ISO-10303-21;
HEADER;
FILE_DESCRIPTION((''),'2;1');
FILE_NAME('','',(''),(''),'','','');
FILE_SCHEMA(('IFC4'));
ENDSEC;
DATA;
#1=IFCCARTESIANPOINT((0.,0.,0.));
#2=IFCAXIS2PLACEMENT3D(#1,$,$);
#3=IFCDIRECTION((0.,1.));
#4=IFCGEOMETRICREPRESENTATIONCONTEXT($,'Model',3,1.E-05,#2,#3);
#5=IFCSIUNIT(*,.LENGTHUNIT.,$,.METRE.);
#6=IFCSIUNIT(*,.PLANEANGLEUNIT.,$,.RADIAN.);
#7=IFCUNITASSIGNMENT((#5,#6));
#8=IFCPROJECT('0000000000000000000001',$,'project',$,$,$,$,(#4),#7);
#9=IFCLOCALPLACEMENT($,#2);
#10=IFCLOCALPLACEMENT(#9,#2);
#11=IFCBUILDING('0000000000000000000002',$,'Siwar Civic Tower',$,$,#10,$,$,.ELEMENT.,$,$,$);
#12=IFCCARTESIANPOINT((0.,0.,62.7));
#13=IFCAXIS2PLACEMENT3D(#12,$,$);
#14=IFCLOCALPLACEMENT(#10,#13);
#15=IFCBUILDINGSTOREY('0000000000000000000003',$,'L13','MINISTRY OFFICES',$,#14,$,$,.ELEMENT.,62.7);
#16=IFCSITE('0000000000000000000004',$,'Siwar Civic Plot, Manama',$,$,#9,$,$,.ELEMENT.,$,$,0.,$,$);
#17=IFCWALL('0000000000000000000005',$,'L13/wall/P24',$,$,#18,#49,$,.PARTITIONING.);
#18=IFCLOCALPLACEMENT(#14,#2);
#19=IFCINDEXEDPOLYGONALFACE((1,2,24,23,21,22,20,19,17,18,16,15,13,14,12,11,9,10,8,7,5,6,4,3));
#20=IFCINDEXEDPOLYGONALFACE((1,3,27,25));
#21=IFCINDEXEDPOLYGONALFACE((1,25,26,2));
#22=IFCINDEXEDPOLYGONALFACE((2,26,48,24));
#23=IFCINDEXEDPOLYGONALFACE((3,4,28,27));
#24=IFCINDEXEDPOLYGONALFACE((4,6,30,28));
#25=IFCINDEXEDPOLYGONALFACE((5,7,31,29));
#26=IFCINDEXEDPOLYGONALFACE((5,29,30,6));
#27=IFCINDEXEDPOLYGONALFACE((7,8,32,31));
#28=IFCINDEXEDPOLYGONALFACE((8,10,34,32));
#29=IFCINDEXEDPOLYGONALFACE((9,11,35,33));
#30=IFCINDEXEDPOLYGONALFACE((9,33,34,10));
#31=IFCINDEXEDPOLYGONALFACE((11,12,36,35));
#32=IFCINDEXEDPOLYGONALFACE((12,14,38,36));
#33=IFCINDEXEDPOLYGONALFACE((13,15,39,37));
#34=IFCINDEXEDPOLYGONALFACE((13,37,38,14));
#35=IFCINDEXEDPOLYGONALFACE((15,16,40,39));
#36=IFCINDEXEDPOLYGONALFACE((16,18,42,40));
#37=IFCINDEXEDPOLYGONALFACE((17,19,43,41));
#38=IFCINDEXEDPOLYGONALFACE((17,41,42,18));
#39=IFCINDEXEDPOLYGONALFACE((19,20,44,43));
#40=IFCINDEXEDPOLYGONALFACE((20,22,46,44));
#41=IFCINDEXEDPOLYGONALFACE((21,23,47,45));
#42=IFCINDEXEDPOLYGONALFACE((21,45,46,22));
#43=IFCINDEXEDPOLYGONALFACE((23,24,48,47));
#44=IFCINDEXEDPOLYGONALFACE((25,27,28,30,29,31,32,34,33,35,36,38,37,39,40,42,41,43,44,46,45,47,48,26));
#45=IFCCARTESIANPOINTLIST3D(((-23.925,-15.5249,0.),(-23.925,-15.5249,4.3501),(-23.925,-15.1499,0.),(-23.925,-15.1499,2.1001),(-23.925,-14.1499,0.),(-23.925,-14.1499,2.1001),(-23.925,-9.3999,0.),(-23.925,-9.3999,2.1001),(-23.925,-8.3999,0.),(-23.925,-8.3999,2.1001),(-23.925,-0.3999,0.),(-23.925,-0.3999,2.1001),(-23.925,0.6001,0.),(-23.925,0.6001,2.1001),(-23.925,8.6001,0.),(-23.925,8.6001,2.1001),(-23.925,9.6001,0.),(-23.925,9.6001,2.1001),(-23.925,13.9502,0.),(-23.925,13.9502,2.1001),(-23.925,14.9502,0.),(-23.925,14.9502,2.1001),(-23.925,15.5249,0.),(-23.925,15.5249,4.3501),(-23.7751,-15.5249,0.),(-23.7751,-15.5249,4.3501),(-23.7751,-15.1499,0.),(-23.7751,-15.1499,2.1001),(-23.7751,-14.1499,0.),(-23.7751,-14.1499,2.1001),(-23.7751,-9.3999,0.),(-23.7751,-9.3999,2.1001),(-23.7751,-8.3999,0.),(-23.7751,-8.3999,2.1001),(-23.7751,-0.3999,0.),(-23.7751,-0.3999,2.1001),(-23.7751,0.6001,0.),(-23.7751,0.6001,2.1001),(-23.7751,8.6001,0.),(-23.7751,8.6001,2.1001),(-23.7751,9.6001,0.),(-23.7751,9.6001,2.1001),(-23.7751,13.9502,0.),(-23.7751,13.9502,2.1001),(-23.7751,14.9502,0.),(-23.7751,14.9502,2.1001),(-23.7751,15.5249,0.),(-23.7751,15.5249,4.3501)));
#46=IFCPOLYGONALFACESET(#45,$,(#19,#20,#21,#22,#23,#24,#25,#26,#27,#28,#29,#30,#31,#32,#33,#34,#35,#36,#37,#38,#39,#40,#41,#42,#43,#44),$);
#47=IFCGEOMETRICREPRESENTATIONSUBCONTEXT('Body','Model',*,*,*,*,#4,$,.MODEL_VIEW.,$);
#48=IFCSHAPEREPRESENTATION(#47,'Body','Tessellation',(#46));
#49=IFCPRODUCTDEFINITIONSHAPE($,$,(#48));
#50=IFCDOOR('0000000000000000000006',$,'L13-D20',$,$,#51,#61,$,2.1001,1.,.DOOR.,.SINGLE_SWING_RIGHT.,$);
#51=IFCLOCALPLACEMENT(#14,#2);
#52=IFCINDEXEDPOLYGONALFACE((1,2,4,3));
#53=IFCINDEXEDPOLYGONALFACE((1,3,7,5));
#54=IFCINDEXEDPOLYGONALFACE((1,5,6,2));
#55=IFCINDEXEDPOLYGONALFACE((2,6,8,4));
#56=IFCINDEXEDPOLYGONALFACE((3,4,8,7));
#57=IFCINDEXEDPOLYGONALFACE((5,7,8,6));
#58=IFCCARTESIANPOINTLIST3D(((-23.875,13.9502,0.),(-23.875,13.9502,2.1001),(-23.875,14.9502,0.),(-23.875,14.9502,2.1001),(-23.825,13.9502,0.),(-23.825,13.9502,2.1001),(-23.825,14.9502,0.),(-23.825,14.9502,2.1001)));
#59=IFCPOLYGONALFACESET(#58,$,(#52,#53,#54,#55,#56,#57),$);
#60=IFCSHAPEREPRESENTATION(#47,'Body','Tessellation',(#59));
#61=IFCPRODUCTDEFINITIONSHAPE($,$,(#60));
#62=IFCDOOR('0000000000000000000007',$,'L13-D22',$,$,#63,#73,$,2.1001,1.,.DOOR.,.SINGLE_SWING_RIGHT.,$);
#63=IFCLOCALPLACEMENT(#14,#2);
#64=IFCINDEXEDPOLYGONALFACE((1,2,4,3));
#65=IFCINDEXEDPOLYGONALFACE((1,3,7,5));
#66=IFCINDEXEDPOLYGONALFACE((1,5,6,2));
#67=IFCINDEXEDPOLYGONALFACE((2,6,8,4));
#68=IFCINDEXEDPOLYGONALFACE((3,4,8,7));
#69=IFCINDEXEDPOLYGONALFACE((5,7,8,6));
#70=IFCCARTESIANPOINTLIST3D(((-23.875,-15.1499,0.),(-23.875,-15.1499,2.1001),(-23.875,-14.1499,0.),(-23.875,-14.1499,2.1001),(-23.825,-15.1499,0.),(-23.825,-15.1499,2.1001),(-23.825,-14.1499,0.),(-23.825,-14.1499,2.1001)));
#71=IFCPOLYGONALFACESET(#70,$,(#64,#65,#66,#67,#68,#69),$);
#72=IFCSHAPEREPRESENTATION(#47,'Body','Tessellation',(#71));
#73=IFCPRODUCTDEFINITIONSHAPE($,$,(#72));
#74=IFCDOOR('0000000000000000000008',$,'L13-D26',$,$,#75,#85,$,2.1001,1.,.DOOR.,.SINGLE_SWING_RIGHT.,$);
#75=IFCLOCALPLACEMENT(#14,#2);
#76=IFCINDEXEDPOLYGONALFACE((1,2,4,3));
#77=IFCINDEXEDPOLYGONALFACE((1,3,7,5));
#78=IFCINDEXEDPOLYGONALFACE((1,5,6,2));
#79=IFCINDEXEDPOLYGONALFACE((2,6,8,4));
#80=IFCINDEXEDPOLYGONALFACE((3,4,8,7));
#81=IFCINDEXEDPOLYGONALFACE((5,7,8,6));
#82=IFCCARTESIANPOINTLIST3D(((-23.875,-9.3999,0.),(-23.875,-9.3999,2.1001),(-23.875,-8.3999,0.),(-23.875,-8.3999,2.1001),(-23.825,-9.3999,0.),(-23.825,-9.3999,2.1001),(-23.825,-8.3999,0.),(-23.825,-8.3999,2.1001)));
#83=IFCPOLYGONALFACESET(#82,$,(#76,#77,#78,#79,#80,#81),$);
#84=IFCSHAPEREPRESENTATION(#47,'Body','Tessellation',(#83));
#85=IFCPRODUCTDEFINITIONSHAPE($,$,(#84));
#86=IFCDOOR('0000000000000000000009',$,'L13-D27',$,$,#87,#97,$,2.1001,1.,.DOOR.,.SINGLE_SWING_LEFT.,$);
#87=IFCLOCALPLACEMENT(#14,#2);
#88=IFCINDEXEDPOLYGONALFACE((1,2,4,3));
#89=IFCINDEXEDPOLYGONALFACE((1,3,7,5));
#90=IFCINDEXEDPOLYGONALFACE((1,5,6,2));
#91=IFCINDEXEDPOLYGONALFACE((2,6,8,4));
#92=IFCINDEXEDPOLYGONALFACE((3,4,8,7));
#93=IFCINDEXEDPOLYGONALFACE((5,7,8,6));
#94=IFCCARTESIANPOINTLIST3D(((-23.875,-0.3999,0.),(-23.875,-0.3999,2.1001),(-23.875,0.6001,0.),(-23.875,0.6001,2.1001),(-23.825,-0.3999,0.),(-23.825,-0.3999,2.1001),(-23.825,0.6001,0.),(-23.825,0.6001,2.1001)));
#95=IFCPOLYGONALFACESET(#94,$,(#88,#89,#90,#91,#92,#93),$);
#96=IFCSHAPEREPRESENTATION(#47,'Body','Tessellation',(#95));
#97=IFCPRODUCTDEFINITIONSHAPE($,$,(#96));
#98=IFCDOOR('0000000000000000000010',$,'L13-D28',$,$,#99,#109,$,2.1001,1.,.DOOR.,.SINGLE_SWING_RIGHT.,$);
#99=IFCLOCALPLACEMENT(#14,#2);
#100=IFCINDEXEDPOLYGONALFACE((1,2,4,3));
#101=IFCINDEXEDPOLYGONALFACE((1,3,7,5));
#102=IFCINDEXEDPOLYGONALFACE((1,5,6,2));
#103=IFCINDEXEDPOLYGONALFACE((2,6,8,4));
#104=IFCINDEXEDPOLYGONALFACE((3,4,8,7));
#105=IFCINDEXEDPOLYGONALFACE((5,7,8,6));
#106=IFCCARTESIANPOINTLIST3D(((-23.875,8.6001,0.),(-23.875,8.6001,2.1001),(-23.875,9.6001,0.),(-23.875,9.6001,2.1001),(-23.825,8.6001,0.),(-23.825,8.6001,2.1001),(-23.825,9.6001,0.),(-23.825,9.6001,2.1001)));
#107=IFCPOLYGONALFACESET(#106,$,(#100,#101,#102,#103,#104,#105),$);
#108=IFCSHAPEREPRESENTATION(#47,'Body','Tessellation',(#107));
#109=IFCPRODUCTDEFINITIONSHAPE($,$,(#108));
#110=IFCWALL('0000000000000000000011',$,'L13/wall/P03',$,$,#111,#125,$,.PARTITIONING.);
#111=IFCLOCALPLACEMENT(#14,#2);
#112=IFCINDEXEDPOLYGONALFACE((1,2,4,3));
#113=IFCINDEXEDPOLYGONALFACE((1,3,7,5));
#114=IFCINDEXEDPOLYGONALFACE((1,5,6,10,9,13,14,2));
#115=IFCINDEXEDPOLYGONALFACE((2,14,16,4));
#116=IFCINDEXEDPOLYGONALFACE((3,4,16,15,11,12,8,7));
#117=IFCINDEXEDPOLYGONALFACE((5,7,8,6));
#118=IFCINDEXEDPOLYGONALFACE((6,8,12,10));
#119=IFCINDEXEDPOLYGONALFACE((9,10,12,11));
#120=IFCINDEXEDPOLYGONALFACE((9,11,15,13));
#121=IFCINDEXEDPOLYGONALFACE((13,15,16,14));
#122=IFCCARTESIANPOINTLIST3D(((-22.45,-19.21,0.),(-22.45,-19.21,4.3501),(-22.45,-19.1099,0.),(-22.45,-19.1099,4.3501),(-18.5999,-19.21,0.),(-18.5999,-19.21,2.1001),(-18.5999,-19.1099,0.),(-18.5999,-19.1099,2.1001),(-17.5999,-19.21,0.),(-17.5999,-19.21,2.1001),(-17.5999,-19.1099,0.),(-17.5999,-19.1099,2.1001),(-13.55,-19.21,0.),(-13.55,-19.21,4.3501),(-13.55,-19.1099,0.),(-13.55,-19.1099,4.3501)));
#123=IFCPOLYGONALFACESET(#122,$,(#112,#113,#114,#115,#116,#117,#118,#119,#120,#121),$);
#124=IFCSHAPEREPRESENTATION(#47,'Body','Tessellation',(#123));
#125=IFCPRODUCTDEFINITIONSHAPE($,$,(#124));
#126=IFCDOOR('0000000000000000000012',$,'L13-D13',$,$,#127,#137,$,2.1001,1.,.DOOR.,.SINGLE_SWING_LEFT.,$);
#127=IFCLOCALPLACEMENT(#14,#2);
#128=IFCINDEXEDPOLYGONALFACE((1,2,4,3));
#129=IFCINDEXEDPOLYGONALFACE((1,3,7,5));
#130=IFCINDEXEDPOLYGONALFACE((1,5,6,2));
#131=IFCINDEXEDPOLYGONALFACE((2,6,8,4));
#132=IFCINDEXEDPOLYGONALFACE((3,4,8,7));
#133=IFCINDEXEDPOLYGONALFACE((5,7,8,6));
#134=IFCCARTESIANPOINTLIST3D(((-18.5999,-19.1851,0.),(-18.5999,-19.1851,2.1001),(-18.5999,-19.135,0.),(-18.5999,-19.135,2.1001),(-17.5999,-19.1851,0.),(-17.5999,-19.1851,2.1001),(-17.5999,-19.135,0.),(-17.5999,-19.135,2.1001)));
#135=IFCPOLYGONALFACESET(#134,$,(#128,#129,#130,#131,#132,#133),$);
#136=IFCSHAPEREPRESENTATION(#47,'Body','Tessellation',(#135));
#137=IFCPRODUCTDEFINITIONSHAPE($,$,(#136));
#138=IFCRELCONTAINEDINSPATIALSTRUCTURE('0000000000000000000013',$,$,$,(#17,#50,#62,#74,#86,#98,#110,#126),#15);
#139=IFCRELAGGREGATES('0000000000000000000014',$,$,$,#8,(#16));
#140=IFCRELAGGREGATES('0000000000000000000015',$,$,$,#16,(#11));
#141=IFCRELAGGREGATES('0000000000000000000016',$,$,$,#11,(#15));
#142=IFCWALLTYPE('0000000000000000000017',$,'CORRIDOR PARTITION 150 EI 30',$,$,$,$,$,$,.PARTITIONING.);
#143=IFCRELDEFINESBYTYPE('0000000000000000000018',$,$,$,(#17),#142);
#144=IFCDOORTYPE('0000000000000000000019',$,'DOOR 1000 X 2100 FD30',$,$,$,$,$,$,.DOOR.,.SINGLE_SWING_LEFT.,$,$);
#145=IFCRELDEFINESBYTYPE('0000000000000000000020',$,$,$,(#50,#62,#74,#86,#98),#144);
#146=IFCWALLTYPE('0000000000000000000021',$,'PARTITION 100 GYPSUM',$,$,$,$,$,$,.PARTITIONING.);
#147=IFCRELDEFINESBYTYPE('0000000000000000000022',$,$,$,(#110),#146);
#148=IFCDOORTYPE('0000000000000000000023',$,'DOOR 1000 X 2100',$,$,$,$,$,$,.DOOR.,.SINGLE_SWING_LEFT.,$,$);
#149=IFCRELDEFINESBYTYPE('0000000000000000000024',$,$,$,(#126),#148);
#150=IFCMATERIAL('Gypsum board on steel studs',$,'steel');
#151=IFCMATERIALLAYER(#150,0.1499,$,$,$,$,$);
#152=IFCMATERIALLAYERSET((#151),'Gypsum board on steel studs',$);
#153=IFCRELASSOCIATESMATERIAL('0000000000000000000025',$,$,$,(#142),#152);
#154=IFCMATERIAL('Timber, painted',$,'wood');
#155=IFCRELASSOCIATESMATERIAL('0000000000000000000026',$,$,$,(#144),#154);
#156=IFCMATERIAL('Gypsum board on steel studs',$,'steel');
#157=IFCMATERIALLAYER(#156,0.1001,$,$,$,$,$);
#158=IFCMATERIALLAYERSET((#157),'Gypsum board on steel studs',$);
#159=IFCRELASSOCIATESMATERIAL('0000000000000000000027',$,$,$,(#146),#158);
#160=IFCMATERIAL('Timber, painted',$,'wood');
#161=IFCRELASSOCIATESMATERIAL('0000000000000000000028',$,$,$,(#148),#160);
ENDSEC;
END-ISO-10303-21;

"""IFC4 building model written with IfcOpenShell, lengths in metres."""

from ifc_helpers import new_model, si_unit, direction, frame, frame_2d, origin, place, context, subcontext, project, spatial, rectangle, extrude, material, layer, layer_set, type_object, element, fill, save


model = new_model("IFC4")

# Units and contexts
model_context = context("Model", 3, precision=1e-05, world=origin(), true_north=direction((0.0, 1.0)))
body_context = subcontext(model_context, "Body", "Model", "MODEL_VIEW")
ifc_project = project(units=[si_unit("LENGTHUNIT", "METRE"), si_unit("PLANEANGLEUNIT", "RADIAN")], contexts=[model_context])

# Site, building, storey
site_placement = place(None, origin())
site = spatial("IfcSite", under=ifc_project, at=site_placement, Name="Siwar Civic Plot, Manama", CompositionType="ELEMENT", RefElevation=0.0)
building_placement = place(site_placement, origin())
building = spatial("IfcBuilding", under=site, at=building_placement, Name="Siwar Civic Tower", CompositionType="ELEMENT")
storey_placement = place(building_placement, frame((0.0, 0.0, 62.7)))
storey = spatial("IfcBuildingStorey", under=building, at=storey_placement, Name="L13", Description="MINISTRY OFFICES", CompositionType="ELEMENT", Elevation=62.7)

# Wall, openings, doors
ifc_material_1 = material(Name="Gypsum board on steel studs", Category="steel")
ifc_layer_1 = layer(ifc_material_1, 0.1499)
ifc_layer_set_1 = layer_set([ifc_layer_1], Name="Gypsum board on steel studs")
wall_type_1 = type_object("IfcWallType", Name="CORRIDOR PARTITION 150 EI 30", PredefinedType="PARTITIONING", material=ifc_layer_set_1)
ifc_material_2 = material(Name="Timber, painted", Category="wood")
door_type_1 = type_object("IfcDoorType", Name="DOOR 1000 X 2100 FD30", OperationType="SINGLE_SWING_LEFT", PredefinedType="DOOR", material=ifc_material_2)
wall_1_placement = place(storey_placement, frame((-23.8501, -15.5249, 0.0), z_axis=(0.0, 0.0, 1.0), x_axis=(0.0, 1.0, 0.0)))
wall_1 = element("IfcWall", 1, at=wall_1_placement, inside=storey, type_object=wall_type_1, Name="L13/wall/P24", PredefinedType="PARTITIONING", context=body_context, shape_type="SweptSolid", body=[
    extrude(rectangle(XDim=31.0498, YDim=0.1499, at=frame_2d((15.5249, 0.0))), origin(), (0.0, 0.0, 1.0), 4.3501),
])
opening_1_placement = place(wall_1_placement, frame((29.4751, 0.0, 0.0)))
opening_1 = element("IfcOpeningElement", 2, at=opening_1_placement, cuts=wall_1, PredefinedType="OPENING", context=body_context, shape_type="SweptSolid", body=[
    extrude(rectangle(XDim=1.0, YDim=2.1001, at=frame_2d((0.5, 1.05))), frame((0.0, 0.085, 0.0), z_axis=(0.0, -1.0, 0.0), x_axis=(1.0, 0.0, 0.0)), (0.0, 0.0, 1.0), 0.1699),
])
opening_2_placement = place(wall_1_placement, frame((0.375, 0.0, 0.0)))
opening_2 = element("IfcOpeningElement", 3, at=opening_2_placement, cuts=wall_1, PredefinedType="OPENING", context=body_context, shape_type="SweptSolid", body=[
    extrude(rectangle(XDim=1.0, YDim=2.1001, at=frame_2d((0.5, 1.05))), frame((0.0, 0.085, 0.0), z_axis=(0.0, -1.0, 0.0), x_axis=(1.0, 0.0, 0.0)), (0.0, 0.0, 1.0), 0.1699),
])
opening_3_placement = place(wall_1_placement, frame((6.125, 0.0, 0.0)))
opening_3 = element("IfcOpeningElement", 4, at=opening_3_placement, cuts=wall_1, PredefinedType="OPENING", context=body_context, shape_type="SweptSolid", body=[
    extrude(rectangle(XDim=1.0, YDim=2.1001, at=frame_2d((0.5, 1.05))), frame((0.0, 0.085, 0.0), z_axis=(0.0, -1.0, 0.0), x_axis=(1.0, 0.0, 0.0)), (0.0, 0.0, 1.0), 0.1699),
])
opening_4_placement = place(wall_1_placement, frame((15.125, 0.0, 0.0)))
opening_4 = element("IfcOpeningElement", 5, at=opening_4_placement, cuts=wall_1, PredefinedType="OPENING", context=body_context, shape_type="SweptSolid", body=[
    extrude(rectangle(XDim=1.0, YDim=2.1001, at=frame_2d((0.5, 1.05))), frame((0.0, 0.085, 0.0), z_axis=(0.0, -1.0, 0.0), x_axis=(1.0, 0.0, 0.0)), (0.0, 0.0, 1.0), 0.1699),
])
opening_5_placement = place(wall_1_placement, frame((24.125, 0.0, 0.0)))
opening_5 = element("IfcOpeningElement", 6, at=opening_5_placement, cuts=wall_1, PredefinedType="OPENING", context=body_context, shape_type="SweptSolid", body=[
    extrude(rectangle(XDim=1.0, YDim=2.1001, at=frame_2d((0.5, 1.05))), frame((0.0, 0.085, 0.0), z_axis=(0.0, -1.0, 0.0), x_axis=(1.0, 0.0, 0.0)), (0.0, 0.0, 1.0), 0.1699),
])
door_1_placement = place(opening_1_placement, origin())
door_1 = element("IfcDoor", 7, at=door_1_placement, inside=storey, type_object=door_type_1, Name="L13-D20", OperationType="SINGLE_SWING_RIGHT", OverallHeight=2.1001, OverallWidth=1.0, PredefinedType="DOOR", context=body_context, shape_type="SweptSolid", body=[
    extrude(rectangle(XDim=1.0, YDim=2.1001, at=frame_2d((0.5, 1.05))), frame((0.0, 0.0249, 0.0), z_axis=(0.0, -1.0, 0.0), x_axis=(1.0, 0.0, 0.0)), (0.0, 0.0, 1.0), 0.05),
])
fill(opening_1, door_1)
door_2_placement = place(opening_2_placement, origin())
door_2 = element("IfcDoor", 8, at=door_2_placement, inside=storey, type_object=door_type_1, Name="L13-D22", OperationType="SINGLE_SWING_RIGHT", OverallHeight=2.1001, OverallWidth=1.0, PredefinedType="DOOR", context=body_context, shape_type="SweptSolid", body=[
    extrude(rectangle(XDim=1.0, YDim=2.1001, at=frame_2d((0.5, 1.05))), frame((0.0, 0.0249, 0.0), z_axis=(0.0, -1.0, 0.0), x_axis=(1.0, 0.0, 0.0)), (0.0, 0.0, 1.0), 0.05),
])
fill(opening_2, door_2)
door_3_placement = place(opening_3_placement, origin())
door_3 = element("IfcDoor", 9, at=door_3_placement, inside=storey, type_object=door_type_1, Name="L13-D26", OperationType="SINGLE_SWING_RIGHT", OverallHeight=2.1001, OverallWidth=1.0, PredefinedType="DOOR", context=body_context, shape_type="SweptSolid", body=[
    extrude(rectangle(XDim=1.0, YDim=2.1001, at=frame_2d((0.5, 1.05))), frame((0.0, 0.0249, 0.0), z_axis=(0.0, -1.0, 0.0), x_axis=(1.0, 0.0, 0.0)), (0.0, 0.0, 1.0), 0.05),
])
fill(opening_3, door_3)
door_4_placement = place(opening_4_placement, origin())
door_4 = element("IfcDoor", 10, at=door_4_placement, inside=storey, type_object=door_type_1, Name="L13-D27", OperationType="SINGLE_SWING_LEFT", OverallHeight=2.1001, OverallWidth=1.0, PredefinedType="DOOR", context=body_context, shape_type="SweptSolid", body=[
    extrude(rectangle(XDim=1.0, YDim=2.1001, at=frame_2d((0.5, 1.05))), frame((0.0, 0.0249, 0.0), z_axis=(0.0, -1.0, 0.0), x_axis=(1.0, 0.0, 0.0)), (0.0, 0.0, 1.0), 0.05),
])
fill(opening_4, door_4)
door_5_placement = place(opening_5_placement, origin())
door_5 = element("IfcDoor", 11, at=door_5_placement, inside=storey, type_object=door_type_1, Name="L13-D28", OperationType="SINGLE_SWING_RIGHT", OverallHeight=2.1001, OverallWidth=1.0, PredefinedType="DOOR", context=body_context, shape_type="SweptSolid", body=[
    extrude(rectangle(XDim=1.0, YDim=2.1001, at=frame_2d((0.5, 1.05))), frame((0.0, 0.0249, 0.0), z_axis=(0.0, -1.0, 0.0), x_axis=(1.0, 0.0, 0.0)), (0.0, 0.0, 1.0), 0.05),
])
fill(opening_5, door_5)

# Wall, opening, door
ifc_material_3 = material(Name="Gypsum board on steel studs", Category="steel")
ifc_layer_2 = layer(ifc_material_3, 0.1001)
ifc_layer_set_2 = layer_set([ifc_layer_2], Name="Gypsum board on steel studs")
wall_type_2 = type_object("IfcWallType", Name="PARTITION 100 GYPSUM", PredefinedType="PARTITIONING", material=ifc_layer_set_2)
wall_2_placement = place(storey_placement, frame((-22.45, -19.1599, 0.0), z_axis=(0.0, 0.0, 1.0), x_axis=(1.0, 0.0, 0.0)))
wall_2 = element("IfcWall", 12, at=wall_2_placement, inside=storey, type_object=wall_type_2, Name="L13/wall/P03", PredefinedType="PARTITIONING", context=body_context, shape_type="SweptSolid", body=[
    extrude(rectangle(XDim=8.8999, YDim=0.1001, at=frame_2d((4.45, 0.0))), origin(), (0.0, 0.0, 1.0), 4.3501),
])
opening_6_placement = place(wall_2_placement, frame((3.8501, 0.0, 0.0)))
opening_6 = element("IfcOpeningElement", 13, at=opening_6_placement, cuts=wall_2, PredefinedType="OPENING", context=body_context, shape_type="SweptSolid", body=[
    extrude(rectangle(XDim=1.0, YDim=2.1001, at=frame_2d((0.5, 1.05))), frame((0.0, 0.0601, 0.0), z_axis=(0.0, -1.0, 0.0), x_axis=(1.0, 0.0, 0.0)), (0.0, 0.0, 1.0), 0.1201),
])
ifc_material_4 = material(Name="Timber, painted", Category="wood")
door_type_2 = type_object("IfcDoorType", Name="DOOR 1000 X 2100", OperationType="SINGLE_SWING_LEFT", PredefinedType="DOOR", material=ifc_material_4)
door_6_placement = place(opening_6_placement, origin())
door_6 = element("IfcDoor", 14, at=door_6_placement, inside=storey, type_object=door_type_2, Name="L13-D13", OperationType="SINGLE_SWING_LEFT", OverallHeight=2.1001, OverallWidth=1.0, PredefinedType="DOOR", context=body_context, shape_type="SweptSolid", body=[
    extrude(rectangle(XDim=1.0, YDim=2.1001, at=frame_2d((0.5, 1.05))), frame((0.0, 0.0249, 0.0), z_axis=(0.0, -1.0, 0.0), x_axis=(1.0, 0.0, 0.0)), (0.0, 0.0, 1.0), 0.05),
])
fill(opening_6, door_6)

save(model, "model.ifc")
